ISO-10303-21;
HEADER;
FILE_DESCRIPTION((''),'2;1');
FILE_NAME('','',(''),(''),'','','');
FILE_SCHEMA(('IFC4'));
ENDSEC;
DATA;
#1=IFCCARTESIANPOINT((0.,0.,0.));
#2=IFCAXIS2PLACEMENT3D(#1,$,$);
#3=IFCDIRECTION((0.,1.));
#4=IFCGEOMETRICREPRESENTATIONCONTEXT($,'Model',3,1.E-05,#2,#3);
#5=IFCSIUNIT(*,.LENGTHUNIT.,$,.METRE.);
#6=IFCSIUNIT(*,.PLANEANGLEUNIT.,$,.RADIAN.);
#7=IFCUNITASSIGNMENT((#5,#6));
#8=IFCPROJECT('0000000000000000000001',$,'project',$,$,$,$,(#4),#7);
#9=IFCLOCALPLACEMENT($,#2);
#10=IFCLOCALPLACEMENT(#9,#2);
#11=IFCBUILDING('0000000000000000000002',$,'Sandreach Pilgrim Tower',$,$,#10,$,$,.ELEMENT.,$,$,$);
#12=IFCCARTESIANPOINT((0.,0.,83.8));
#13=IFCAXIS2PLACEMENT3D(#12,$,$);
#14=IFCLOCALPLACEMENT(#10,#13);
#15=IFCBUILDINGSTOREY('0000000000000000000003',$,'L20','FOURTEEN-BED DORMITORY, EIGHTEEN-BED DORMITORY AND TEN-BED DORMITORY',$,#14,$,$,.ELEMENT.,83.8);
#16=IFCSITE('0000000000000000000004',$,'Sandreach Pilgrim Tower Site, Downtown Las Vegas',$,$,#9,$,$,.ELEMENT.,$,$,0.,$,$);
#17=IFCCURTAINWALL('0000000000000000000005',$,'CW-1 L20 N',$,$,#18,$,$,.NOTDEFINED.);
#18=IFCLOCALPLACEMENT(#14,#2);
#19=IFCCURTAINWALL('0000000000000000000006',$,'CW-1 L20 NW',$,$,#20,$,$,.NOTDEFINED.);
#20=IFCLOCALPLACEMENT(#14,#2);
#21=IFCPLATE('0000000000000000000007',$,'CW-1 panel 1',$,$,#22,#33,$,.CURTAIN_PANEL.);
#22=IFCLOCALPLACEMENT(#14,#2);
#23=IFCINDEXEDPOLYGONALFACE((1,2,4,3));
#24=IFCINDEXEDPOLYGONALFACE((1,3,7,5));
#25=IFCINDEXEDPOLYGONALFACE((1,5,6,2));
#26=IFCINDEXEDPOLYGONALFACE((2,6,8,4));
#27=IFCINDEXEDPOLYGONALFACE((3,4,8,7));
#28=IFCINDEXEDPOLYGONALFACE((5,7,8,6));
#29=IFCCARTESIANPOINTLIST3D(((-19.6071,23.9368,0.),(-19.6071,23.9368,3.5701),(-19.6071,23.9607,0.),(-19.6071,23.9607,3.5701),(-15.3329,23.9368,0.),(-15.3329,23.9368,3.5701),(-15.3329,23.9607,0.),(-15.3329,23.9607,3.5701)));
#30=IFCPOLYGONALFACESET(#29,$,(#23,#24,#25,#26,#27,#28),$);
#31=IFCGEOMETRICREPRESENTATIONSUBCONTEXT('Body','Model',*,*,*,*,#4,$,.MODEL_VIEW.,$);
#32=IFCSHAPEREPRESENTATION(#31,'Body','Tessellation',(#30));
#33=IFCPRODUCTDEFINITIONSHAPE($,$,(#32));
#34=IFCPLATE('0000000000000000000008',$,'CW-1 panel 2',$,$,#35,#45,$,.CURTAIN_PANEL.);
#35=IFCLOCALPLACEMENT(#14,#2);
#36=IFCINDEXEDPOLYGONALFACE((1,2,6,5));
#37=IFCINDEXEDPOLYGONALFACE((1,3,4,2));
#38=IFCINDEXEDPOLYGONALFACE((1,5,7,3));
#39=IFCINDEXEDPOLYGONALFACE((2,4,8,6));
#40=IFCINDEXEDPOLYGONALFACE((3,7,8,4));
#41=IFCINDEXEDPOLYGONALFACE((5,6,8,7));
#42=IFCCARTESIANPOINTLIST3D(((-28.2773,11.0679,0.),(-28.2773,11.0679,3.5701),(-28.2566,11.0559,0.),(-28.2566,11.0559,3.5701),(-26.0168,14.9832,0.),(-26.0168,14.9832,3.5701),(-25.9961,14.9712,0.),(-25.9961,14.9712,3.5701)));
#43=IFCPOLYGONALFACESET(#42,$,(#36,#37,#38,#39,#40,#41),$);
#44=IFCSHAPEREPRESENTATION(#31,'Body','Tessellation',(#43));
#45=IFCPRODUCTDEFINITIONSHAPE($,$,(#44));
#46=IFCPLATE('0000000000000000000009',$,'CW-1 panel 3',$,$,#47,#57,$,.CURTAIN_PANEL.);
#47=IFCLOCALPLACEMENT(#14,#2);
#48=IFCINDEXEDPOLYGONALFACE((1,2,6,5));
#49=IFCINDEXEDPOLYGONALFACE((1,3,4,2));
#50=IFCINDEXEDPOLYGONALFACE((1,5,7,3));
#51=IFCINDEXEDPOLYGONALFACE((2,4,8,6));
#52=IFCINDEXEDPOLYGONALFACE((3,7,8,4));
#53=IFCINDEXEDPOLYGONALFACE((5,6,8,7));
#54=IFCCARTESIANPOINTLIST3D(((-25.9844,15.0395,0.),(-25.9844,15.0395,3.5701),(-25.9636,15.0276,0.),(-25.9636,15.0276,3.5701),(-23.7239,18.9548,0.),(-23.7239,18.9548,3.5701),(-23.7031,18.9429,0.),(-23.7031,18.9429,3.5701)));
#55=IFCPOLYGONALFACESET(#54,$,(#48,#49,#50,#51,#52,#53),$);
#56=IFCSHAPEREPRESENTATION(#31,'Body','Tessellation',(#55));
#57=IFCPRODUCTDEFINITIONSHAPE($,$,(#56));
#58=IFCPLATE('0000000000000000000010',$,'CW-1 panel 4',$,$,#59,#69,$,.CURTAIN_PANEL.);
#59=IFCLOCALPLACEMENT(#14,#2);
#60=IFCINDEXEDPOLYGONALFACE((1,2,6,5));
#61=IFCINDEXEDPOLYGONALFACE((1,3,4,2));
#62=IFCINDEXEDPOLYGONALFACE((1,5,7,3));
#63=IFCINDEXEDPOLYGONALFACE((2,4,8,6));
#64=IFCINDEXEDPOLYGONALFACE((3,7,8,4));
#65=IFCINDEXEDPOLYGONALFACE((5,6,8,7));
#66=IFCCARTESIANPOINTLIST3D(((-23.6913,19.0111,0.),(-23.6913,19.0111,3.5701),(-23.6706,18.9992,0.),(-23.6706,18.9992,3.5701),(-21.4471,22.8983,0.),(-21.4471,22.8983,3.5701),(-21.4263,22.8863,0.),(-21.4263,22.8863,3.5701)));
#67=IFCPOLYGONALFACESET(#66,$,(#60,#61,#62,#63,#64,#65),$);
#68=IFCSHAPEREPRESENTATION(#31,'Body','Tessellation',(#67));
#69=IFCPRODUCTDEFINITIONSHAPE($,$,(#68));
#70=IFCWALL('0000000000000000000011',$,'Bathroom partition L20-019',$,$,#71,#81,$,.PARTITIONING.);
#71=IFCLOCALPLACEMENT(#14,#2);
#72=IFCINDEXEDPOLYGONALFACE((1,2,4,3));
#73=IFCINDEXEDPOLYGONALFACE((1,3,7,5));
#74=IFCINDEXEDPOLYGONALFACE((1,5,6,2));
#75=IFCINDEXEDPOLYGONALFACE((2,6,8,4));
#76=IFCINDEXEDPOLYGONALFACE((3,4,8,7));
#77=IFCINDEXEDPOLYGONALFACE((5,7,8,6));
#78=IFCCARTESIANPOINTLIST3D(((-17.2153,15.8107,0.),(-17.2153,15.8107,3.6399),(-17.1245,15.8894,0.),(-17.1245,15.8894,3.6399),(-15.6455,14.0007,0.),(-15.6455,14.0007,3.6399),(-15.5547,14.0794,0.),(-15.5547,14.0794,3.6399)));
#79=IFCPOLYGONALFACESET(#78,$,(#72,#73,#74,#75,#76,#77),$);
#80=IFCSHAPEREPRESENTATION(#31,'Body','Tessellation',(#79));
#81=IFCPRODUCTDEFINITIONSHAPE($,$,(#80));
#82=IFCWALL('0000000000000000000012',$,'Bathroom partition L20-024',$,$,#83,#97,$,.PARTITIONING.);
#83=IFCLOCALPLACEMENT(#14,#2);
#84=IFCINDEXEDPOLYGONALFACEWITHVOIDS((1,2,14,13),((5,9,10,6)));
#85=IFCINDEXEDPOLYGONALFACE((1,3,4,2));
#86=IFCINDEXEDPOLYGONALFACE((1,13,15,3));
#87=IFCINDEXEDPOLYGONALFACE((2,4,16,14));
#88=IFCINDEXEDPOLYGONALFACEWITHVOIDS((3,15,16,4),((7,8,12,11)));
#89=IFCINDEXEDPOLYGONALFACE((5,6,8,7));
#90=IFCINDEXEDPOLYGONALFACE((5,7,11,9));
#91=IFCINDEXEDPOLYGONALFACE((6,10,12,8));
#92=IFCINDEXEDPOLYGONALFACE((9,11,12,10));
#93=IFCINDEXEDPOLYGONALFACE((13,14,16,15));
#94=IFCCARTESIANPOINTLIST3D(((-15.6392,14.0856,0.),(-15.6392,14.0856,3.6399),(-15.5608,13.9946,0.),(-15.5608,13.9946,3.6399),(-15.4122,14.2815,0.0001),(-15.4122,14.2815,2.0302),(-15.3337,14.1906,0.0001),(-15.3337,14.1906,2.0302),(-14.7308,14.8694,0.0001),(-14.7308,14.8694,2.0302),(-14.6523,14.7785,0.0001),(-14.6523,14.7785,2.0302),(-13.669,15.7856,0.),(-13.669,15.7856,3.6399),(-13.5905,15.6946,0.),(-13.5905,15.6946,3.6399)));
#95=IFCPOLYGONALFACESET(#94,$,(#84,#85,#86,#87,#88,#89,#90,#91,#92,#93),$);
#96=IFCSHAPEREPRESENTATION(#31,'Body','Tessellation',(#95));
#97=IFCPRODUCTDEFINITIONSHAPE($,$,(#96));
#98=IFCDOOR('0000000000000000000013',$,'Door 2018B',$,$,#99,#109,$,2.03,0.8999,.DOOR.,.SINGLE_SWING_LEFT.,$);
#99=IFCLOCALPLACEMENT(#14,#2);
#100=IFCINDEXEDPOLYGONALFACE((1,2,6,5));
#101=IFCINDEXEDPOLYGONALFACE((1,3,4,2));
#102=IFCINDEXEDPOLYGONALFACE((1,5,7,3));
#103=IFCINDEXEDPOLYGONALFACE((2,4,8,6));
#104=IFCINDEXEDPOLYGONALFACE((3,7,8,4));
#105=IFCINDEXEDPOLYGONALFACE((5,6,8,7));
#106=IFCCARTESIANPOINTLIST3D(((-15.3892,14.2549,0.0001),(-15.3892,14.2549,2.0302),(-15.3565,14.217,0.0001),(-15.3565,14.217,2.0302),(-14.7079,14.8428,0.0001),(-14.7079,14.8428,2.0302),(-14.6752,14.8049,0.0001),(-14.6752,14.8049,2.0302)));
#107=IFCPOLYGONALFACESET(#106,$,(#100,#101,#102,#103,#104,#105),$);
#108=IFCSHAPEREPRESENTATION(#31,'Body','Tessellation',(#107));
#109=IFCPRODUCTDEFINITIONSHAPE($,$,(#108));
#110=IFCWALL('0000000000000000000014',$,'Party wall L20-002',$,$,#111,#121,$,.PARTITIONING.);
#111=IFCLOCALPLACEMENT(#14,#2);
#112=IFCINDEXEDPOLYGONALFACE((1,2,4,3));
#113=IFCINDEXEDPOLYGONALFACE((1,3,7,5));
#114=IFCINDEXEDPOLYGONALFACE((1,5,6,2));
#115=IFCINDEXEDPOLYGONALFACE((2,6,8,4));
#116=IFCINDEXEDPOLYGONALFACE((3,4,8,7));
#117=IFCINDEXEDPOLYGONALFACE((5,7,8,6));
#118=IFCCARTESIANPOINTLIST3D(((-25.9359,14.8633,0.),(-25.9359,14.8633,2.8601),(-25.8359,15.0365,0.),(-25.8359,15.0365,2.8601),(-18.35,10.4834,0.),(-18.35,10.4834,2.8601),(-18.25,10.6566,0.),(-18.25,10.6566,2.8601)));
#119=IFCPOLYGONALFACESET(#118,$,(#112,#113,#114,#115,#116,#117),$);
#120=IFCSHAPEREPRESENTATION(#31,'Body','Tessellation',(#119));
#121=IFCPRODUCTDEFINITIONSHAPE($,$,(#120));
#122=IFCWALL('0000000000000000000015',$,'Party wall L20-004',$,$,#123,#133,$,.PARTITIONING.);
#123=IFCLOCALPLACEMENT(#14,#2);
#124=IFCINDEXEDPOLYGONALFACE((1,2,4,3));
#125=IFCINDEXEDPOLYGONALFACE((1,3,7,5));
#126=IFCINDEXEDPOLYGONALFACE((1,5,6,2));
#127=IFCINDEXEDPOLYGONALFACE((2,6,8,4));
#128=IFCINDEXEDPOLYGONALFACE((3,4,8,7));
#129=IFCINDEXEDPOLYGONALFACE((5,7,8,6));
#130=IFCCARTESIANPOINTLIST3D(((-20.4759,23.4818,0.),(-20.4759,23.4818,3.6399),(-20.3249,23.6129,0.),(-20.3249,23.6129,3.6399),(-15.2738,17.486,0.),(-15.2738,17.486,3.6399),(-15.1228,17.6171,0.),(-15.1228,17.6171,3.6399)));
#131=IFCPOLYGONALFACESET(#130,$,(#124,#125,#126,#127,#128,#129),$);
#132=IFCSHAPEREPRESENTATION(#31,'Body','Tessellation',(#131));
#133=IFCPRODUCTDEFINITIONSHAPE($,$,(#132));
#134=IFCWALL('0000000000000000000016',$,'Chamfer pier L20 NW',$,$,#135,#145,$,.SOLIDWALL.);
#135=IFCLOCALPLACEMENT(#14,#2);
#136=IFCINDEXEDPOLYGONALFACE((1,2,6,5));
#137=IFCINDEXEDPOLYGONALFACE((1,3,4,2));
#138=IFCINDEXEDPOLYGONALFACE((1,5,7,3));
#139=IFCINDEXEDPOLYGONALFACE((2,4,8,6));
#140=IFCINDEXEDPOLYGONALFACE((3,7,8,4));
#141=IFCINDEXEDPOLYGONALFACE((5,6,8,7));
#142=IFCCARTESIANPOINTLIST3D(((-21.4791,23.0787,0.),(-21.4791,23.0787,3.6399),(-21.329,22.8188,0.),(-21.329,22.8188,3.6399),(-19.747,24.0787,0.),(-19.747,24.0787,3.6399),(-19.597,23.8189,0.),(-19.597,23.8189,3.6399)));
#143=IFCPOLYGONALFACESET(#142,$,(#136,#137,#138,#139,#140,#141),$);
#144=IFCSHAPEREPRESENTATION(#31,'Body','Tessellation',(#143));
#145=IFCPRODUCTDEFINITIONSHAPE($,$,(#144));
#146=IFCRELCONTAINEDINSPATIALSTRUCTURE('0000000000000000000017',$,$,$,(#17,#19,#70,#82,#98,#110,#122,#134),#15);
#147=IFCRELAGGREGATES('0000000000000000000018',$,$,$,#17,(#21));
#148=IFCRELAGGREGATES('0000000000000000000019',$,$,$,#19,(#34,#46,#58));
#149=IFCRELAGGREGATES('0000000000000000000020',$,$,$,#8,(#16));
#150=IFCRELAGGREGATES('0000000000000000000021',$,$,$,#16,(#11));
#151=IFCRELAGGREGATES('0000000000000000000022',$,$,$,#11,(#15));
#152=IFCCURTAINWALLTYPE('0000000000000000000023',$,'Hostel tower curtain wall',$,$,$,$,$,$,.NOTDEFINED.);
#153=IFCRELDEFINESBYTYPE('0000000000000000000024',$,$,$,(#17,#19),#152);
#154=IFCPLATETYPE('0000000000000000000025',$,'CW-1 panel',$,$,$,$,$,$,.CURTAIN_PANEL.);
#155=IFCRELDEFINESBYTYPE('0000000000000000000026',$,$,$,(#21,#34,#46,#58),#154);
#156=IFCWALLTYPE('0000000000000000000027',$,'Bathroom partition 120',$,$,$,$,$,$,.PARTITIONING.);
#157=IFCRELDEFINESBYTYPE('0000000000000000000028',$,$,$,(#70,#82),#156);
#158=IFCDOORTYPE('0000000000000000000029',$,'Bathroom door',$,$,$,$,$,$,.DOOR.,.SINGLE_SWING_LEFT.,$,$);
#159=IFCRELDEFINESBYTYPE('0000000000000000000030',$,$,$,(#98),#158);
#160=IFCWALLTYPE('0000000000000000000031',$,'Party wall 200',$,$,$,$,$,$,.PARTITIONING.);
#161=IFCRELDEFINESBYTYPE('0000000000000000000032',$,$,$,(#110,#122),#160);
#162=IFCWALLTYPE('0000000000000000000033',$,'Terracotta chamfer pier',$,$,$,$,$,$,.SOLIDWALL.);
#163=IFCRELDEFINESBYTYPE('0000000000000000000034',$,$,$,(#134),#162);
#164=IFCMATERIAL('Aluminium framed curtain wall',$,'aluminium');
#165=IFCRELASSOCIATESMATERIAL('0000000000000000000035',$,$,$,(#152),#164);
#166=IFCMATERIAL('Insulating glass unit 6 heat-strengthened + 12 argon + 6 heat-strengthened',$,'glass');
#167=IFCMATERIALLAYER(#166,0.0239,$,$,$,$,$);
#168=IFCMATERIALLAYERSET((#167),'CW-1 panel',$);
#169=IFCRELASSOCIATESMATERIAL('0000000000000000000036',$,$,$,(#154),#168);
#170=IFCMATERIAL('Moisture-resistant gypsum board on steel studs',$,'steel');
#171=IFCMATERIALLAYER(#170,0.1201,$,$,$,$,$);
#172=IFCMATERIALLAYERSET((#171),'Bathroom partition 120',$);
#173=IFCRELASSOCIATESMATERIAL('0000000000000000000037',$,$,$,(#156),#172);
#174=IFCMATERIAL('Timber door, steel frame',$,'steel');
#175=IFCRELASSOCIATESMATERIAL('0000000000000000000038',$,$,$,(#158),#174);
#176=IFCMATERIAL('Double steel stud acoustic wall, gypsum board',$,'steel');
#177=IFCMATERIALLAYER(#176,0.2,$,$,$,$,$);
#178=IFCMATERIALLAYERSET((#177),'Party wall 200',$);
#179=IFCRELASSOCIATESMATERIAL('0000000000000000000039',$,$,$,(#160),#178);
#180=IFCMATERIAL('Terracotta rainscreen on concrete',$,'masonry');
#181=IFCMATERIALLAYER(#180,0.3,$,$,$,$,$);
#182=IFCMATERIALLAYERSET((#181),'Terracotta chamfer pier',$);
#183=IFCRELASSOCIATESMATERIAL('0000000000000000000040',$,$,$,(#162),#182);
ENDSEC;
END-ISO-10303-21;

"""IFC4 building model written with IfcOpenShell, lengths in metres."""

from ifc_helpers import new_model, si_unit, direction, frame, frame_2d, origin, origin_2d, place, context, subcontext, project, spatial, rectangle, extrude, material, layer, layer_set, type_object, element, fill, aggregate, save


model = new_model("IFC4")

# Units and contexts
model_context = context("Model", 3, precision=1e-05, world=origin(), true_north=direction((0.0, 1.0)))
body_context = subcontext(model_context, "Body", "Model", "MODEL_VIEW")
ifc_project = project(units=[si_unit("LENGTHUNIT", "METRE"), si_unit("PLANEANGLEUNIT", "RADIAN")], contexts=[model_context])

# Site, building, storey
site_placement = place(None, origin())
site = spatial("IfcSite", under=ifc_project, at=site_placement, Name="Sandreach Pilgrim Tower Site, Downtown Las Vegas", CompositionType="ELEMENT", RefElevation=0.0)
building_placement = place(site_placement, origin())
building = spatial("IfcBuilding", under=site, at=building_placement, Name="Sandreach Pilgrim Tower", CompositionType="ELEMENT")
storey_placement = place(building_placement, frame((0.0, 0.0, 83.8)))
storey = spatial("IfcBuildingStorey", under=building, at=storey_placement, Name="L20", Description="FOURTEEN-BED DORMITORY, EIGHTEEN-BED DORMITORY AND TEN-BED DORMITORY", CompositionType="ELEMENT", Elevation=83.8)

# Curtain walls
ifc_material_1 = material(Name="Aluminium framed curtain wall", Category="aluminium")
curtain_wall_type = type_object("IfcCurtainWallType", Name="Hostel tower curtain wall", PredefinedType="NOTDEFINED", material=ifc_material_1)
curtain_wall_1_placement = place(storey_placement, origin())
curtain_wall_1 = element("IfcCurtainWall", 1, at=curtain_wall_1_placement, inside=storey, type_object=curtain_wall_type, Name="CW-1 L20 N", PredefinedType="NOTDEFINED")
curtain_wall_2_placement = place(storey_placement, origin())
curtain_wall_2 = element("IfcCurtainWall", 2, at=curtain_wall_2_placement, inside=storey, type_object=curtain_wall_type, Name="CW-1 L20 NW", PredefinedType="NOTDEFINED")

# Plates
ifc_material_2 = material(Name="Insulating glass unit 6 heat-strengthened + 12 argon + 6 heat-strengthened", Category="glass")
ifc_layer_1 = layer(ifc_material_2, 0.0239)
ifc_layer_set_1 = layer_set([ifc_layer_1], Name="CW-1 panel")
plate_type = type_object("IfcPlateType", Name="CW-1 panel", PredefinedType="CURTAIN_PANEL", material=ifc_layer_set_1)
plate_1_placement = place(storey_placement, frame((-17.47, 23.9487, 0.0), z_axis=(0.0, 0.0, 1.0), x_axis=(1.0, 0.0, 0.0)))
plate_1 = element("IfcPlate", 3, at=plate_1_placement, type_object=plate_type, Name="CW-1 panel 1", PredefinedType="CURTAIN_PANEL", context=body_context, shape_type="SweptSolid", body=[
    extrude(rectangle(XDim=4.2742, YDim=0.0239, at=origin_2d()), origin(), (0.0, 0.0, 1.0), 3.5701),
])
aggregate(curtain_wall_1, [plate_1])
plate_2_placement = place(storey_placement, frame((-27.1367, 13.0195, 0.0), z_axis=(0.0, 0.0, 1.0), x_axis=(0.5, 0.866025, 0.0)))
plate_2 = element("IfcPlate", 4, at=plate_2_placement, type_object=plate_type, Name="CW-1 panel 2", PredefinedType="CURTAIN_PANEL", context=body_context, shape_type="SweptSolid", body=[
    extrude(rectangle(XDim=4.521, YDim=0.0239, at=origin_2d()), origin(), (0.0, 0.0, 1.0), 3.5701),
])
plate_3_placement = place(storey_placement, frame((-24.8438, 16.9912, 0.0), z_axis=(0.0, 0.0, 1.0), x_axis=(0.5, 0.866025, 0.0)))
plate_3 = element("IfcPlate", 5, at=plate_3_placement, type_object=plate_type, Name="CW-1 panel 3", PredefinedType="CURTAIN_PANEL", context=body_context, shape_type="SweptSolid", body=[
    extrude(rectangle(XDim=4.521, YDim=0.0239, at=origin_2d()), origin(), (0.0, 0.0, 1.0), 3.5701),
])
plate_4_placement = place(storey_placement, frame((-22.5588, 20.9487, 0.0), z_axis=(0.0, 0.0, 1.0), x_axis=(0.5, 0.866025, 0.0)))
plate_4 = element("IfcPlate", 6, at=plate_4_placement, type_object=plate_type, Name="CW-1 panel 4", PredefinedType="CURTAIN_PANEL", context=body_context, shape_type="SweptSolid", body=[
    extrude(rectangle(XDim=4.4885, YDim=0.0239, at=origin_2d()), origin(), (0.0, 0.0, 1.0), 3.5701),
])
aggregate(curtain_wall_2, [plate_2, plate_3, plate_4])

# Wall
ifc_material_3 = material(Name="Moisture-resistant gypsum board on steel studs", Category="steel")
ifc_layer_2 = layer(ifc_material_3, 0.1201)
ifc_layer_set_2 = layer_set([ifc_layer_2], Name="Bathroom partition 120")
wall_type_1 = type_object("IfcWallType", Name="Bathroom partition 120", PredefinedType="PARTITIONING", material=ifc_layer_set_2)
wall_1_placement = place(storey_placement, frame((-17.1699, 15.8501, 0.0), z_axis=(0.0, 0.0, 1.0), x_axis=(0.655194, -0.75546, 0.0)))
element("IfcWall", 7, at=wall_1_placement, inside=storey, type_object=wall_type_1, Name="Bathroom partition L20-019", PredefinedType="PARTITIONING", context=body_context, shape_type="SweptSolid", body=[
    extrude(rectangle(XDim=2.396, YDim=0.1201, at=frame_2d((1.198, 0.0))), origin(), (0.0, 0.0, 1.0), 3.6399),
])

# Wall, opening, door
wall_2_placement = place(storey_placement, frame((-15.6001, 14.04, 0.0), z_axis=(0.0, 0.0, 1.0), x_axis=(0.757127, 0.653268, 0.0)))
wall_2 = element("IfcWall", 8, at=wall_2_placement, inside=storey, type_object=wall_type_1, Name="Bathroom partition L20-024", PredefinedType="PARTITIONING", context=body_context, shape_type="SweptSolid", body=[
    extrude(rectangle(XDim=2.6023, YDim=0.1201, at=frame_2d((1.3013, 0.0))), origin(), (0.0, 0.0, 1.0), 3.6399),
])
opening_placement = place(wall_2_placement, frame((0.3, 0.0, 0.0)))
opening = element("IfcOpeningElement", 9, at=opening_placement, cuts=wall_2, PredefinedType="OPENING", context=body_context, shape_type="SweptSolid", body=[
    extrude(rectangle(XDim=0.8999, YDim=2.03, at=frame_2d((0.45, 1.0151))), frame((0.0, 0.0601, 0.0), z_axis=(0.0, -1.0, 0.0), x_axis=(1.0, 0.0, 0.0)), (0.0, 0.0, 1.0), 0.1201),
])
ifc_material_4 = material(Name="Timber door, steel frame", Category="steel")
door_type = type_object("IfcDoorType", Name="Bathroom door", OperationType="SINGLE_SWING_LEFT", PredefinedType="DOOR", material=ifc_material_4)
door_placement = place(opening_placement, origin())
door = element("IfcDoor", 10, at=door_placement, inside=storey, type_object=door_type, Name="Door 2018B", OperationType="SINGLE_SWING_LEFT", OverallHeight=2.03, OverallWidth=0.8999, PredefinedType="DOOR", context=body_context, shape_type="SweptSolid", body=[
    extrude(rectangle(XDim=0.8999, YDim=2.03, at=frame_2d((0.45, 1.0151))), frame((0.0, 0.0249, 0.0), z_axis=(0.0, -1.0, 0.0), x_axis=(1.0, 0.0, 0.0)), (0.0, 0.0, 1.0), 0.05),
])
fill(opening, door)

# Walls
ifc_material_5 = material(Name="Double steel stud acoustic wall, gypsum board", Category="steel")
ifc_layer_3 = layer(ifc_material_5, 0.2)
ifc_layer_set_3 = layer_set([ifc_layer_3], Name="Party wall 200")
wall_type_2 = type_object("IfcWallType", Name="Party wall 200", PredefinedType="PARTITIONING", material=ifc_layer_set_3)
wall_3_placement = place(storey_placement, frame((-25.886, 14.95, 0.0), z_axis=(0.0, 0.0, 1.0), x_axis=(0.866018, -0.500012, 0.0)))
element("IfcWall", 11, at=wall_3_placement, inside=storey, type_object=wall_type_2, Name="Party wall L20-002", PredefinedType="PARTITIONING", context=body_context, shape_type="SweptSolid", body=[
    extrude(rectangle(XDim=8.7595, YDim=0.2, at=frame_2d((4.3799, 0.0))), origin(), (0.0, 0.0, 1.0), 2.8601),
])
wall_4_placement = place(storey_placement, frame((-20.4004, 23.5474, 0.0), z_axis=(0.0, 0.0, 1.0), x_axis=(0.655344, -0.755331, 0.0)))
element("IfcWall", 12, at=wall_4_placement, inside=storey, type_object=wall_type_2, Name="Party wall L20-004", PredefinedType="PARTITIONING", context=body_context, shape_type="SweptSolid", body=[
    extrude(rectangle(XDim=7.938, YDim=0.2, at=frame_2d((3.969, 0.0))), origin(), (0.0, 0.0, 1.0), 3.6399),
])
ifc_material_6 = material(Name="Terracotta rainscreen on concrete", Category="masonry")
ifc_layer_4 = layer(ifc_material_6, 0.3)
ifc_layer_set_4 = layer_set([ifc_layer_4], Name="Terracotta chamfer pier")
wall_type_3 = type_object("IfcWallType", Name="Terracotta chamfer pier", PredefinedType="SOLIDWALL", material=ifc_layer_set_4)
wall_5_placement = place(storey_placement, frame((-21.4041, 22.9487, 0.0), z_axis=(0.0, 0.0, 1.0), x_axis=(0.866011, 0.500025, 0.0)))
element("IfcWall", 13, at=wall_5_placement, inside=storey, type_object=wall_type_3, Name="Chamfer pier L20 NW", PredefinedType="SOLIDWALL", context=body_context, shape_type="SweptSolid", body=[
    extrude(rectangle(XDim=2.0, YDim=0.3, at=frame_2d((1.0, 0.0))), origin(), (0.0, 0.0, 1.0), 3.6399),
])

save(model, "model.ifc")
